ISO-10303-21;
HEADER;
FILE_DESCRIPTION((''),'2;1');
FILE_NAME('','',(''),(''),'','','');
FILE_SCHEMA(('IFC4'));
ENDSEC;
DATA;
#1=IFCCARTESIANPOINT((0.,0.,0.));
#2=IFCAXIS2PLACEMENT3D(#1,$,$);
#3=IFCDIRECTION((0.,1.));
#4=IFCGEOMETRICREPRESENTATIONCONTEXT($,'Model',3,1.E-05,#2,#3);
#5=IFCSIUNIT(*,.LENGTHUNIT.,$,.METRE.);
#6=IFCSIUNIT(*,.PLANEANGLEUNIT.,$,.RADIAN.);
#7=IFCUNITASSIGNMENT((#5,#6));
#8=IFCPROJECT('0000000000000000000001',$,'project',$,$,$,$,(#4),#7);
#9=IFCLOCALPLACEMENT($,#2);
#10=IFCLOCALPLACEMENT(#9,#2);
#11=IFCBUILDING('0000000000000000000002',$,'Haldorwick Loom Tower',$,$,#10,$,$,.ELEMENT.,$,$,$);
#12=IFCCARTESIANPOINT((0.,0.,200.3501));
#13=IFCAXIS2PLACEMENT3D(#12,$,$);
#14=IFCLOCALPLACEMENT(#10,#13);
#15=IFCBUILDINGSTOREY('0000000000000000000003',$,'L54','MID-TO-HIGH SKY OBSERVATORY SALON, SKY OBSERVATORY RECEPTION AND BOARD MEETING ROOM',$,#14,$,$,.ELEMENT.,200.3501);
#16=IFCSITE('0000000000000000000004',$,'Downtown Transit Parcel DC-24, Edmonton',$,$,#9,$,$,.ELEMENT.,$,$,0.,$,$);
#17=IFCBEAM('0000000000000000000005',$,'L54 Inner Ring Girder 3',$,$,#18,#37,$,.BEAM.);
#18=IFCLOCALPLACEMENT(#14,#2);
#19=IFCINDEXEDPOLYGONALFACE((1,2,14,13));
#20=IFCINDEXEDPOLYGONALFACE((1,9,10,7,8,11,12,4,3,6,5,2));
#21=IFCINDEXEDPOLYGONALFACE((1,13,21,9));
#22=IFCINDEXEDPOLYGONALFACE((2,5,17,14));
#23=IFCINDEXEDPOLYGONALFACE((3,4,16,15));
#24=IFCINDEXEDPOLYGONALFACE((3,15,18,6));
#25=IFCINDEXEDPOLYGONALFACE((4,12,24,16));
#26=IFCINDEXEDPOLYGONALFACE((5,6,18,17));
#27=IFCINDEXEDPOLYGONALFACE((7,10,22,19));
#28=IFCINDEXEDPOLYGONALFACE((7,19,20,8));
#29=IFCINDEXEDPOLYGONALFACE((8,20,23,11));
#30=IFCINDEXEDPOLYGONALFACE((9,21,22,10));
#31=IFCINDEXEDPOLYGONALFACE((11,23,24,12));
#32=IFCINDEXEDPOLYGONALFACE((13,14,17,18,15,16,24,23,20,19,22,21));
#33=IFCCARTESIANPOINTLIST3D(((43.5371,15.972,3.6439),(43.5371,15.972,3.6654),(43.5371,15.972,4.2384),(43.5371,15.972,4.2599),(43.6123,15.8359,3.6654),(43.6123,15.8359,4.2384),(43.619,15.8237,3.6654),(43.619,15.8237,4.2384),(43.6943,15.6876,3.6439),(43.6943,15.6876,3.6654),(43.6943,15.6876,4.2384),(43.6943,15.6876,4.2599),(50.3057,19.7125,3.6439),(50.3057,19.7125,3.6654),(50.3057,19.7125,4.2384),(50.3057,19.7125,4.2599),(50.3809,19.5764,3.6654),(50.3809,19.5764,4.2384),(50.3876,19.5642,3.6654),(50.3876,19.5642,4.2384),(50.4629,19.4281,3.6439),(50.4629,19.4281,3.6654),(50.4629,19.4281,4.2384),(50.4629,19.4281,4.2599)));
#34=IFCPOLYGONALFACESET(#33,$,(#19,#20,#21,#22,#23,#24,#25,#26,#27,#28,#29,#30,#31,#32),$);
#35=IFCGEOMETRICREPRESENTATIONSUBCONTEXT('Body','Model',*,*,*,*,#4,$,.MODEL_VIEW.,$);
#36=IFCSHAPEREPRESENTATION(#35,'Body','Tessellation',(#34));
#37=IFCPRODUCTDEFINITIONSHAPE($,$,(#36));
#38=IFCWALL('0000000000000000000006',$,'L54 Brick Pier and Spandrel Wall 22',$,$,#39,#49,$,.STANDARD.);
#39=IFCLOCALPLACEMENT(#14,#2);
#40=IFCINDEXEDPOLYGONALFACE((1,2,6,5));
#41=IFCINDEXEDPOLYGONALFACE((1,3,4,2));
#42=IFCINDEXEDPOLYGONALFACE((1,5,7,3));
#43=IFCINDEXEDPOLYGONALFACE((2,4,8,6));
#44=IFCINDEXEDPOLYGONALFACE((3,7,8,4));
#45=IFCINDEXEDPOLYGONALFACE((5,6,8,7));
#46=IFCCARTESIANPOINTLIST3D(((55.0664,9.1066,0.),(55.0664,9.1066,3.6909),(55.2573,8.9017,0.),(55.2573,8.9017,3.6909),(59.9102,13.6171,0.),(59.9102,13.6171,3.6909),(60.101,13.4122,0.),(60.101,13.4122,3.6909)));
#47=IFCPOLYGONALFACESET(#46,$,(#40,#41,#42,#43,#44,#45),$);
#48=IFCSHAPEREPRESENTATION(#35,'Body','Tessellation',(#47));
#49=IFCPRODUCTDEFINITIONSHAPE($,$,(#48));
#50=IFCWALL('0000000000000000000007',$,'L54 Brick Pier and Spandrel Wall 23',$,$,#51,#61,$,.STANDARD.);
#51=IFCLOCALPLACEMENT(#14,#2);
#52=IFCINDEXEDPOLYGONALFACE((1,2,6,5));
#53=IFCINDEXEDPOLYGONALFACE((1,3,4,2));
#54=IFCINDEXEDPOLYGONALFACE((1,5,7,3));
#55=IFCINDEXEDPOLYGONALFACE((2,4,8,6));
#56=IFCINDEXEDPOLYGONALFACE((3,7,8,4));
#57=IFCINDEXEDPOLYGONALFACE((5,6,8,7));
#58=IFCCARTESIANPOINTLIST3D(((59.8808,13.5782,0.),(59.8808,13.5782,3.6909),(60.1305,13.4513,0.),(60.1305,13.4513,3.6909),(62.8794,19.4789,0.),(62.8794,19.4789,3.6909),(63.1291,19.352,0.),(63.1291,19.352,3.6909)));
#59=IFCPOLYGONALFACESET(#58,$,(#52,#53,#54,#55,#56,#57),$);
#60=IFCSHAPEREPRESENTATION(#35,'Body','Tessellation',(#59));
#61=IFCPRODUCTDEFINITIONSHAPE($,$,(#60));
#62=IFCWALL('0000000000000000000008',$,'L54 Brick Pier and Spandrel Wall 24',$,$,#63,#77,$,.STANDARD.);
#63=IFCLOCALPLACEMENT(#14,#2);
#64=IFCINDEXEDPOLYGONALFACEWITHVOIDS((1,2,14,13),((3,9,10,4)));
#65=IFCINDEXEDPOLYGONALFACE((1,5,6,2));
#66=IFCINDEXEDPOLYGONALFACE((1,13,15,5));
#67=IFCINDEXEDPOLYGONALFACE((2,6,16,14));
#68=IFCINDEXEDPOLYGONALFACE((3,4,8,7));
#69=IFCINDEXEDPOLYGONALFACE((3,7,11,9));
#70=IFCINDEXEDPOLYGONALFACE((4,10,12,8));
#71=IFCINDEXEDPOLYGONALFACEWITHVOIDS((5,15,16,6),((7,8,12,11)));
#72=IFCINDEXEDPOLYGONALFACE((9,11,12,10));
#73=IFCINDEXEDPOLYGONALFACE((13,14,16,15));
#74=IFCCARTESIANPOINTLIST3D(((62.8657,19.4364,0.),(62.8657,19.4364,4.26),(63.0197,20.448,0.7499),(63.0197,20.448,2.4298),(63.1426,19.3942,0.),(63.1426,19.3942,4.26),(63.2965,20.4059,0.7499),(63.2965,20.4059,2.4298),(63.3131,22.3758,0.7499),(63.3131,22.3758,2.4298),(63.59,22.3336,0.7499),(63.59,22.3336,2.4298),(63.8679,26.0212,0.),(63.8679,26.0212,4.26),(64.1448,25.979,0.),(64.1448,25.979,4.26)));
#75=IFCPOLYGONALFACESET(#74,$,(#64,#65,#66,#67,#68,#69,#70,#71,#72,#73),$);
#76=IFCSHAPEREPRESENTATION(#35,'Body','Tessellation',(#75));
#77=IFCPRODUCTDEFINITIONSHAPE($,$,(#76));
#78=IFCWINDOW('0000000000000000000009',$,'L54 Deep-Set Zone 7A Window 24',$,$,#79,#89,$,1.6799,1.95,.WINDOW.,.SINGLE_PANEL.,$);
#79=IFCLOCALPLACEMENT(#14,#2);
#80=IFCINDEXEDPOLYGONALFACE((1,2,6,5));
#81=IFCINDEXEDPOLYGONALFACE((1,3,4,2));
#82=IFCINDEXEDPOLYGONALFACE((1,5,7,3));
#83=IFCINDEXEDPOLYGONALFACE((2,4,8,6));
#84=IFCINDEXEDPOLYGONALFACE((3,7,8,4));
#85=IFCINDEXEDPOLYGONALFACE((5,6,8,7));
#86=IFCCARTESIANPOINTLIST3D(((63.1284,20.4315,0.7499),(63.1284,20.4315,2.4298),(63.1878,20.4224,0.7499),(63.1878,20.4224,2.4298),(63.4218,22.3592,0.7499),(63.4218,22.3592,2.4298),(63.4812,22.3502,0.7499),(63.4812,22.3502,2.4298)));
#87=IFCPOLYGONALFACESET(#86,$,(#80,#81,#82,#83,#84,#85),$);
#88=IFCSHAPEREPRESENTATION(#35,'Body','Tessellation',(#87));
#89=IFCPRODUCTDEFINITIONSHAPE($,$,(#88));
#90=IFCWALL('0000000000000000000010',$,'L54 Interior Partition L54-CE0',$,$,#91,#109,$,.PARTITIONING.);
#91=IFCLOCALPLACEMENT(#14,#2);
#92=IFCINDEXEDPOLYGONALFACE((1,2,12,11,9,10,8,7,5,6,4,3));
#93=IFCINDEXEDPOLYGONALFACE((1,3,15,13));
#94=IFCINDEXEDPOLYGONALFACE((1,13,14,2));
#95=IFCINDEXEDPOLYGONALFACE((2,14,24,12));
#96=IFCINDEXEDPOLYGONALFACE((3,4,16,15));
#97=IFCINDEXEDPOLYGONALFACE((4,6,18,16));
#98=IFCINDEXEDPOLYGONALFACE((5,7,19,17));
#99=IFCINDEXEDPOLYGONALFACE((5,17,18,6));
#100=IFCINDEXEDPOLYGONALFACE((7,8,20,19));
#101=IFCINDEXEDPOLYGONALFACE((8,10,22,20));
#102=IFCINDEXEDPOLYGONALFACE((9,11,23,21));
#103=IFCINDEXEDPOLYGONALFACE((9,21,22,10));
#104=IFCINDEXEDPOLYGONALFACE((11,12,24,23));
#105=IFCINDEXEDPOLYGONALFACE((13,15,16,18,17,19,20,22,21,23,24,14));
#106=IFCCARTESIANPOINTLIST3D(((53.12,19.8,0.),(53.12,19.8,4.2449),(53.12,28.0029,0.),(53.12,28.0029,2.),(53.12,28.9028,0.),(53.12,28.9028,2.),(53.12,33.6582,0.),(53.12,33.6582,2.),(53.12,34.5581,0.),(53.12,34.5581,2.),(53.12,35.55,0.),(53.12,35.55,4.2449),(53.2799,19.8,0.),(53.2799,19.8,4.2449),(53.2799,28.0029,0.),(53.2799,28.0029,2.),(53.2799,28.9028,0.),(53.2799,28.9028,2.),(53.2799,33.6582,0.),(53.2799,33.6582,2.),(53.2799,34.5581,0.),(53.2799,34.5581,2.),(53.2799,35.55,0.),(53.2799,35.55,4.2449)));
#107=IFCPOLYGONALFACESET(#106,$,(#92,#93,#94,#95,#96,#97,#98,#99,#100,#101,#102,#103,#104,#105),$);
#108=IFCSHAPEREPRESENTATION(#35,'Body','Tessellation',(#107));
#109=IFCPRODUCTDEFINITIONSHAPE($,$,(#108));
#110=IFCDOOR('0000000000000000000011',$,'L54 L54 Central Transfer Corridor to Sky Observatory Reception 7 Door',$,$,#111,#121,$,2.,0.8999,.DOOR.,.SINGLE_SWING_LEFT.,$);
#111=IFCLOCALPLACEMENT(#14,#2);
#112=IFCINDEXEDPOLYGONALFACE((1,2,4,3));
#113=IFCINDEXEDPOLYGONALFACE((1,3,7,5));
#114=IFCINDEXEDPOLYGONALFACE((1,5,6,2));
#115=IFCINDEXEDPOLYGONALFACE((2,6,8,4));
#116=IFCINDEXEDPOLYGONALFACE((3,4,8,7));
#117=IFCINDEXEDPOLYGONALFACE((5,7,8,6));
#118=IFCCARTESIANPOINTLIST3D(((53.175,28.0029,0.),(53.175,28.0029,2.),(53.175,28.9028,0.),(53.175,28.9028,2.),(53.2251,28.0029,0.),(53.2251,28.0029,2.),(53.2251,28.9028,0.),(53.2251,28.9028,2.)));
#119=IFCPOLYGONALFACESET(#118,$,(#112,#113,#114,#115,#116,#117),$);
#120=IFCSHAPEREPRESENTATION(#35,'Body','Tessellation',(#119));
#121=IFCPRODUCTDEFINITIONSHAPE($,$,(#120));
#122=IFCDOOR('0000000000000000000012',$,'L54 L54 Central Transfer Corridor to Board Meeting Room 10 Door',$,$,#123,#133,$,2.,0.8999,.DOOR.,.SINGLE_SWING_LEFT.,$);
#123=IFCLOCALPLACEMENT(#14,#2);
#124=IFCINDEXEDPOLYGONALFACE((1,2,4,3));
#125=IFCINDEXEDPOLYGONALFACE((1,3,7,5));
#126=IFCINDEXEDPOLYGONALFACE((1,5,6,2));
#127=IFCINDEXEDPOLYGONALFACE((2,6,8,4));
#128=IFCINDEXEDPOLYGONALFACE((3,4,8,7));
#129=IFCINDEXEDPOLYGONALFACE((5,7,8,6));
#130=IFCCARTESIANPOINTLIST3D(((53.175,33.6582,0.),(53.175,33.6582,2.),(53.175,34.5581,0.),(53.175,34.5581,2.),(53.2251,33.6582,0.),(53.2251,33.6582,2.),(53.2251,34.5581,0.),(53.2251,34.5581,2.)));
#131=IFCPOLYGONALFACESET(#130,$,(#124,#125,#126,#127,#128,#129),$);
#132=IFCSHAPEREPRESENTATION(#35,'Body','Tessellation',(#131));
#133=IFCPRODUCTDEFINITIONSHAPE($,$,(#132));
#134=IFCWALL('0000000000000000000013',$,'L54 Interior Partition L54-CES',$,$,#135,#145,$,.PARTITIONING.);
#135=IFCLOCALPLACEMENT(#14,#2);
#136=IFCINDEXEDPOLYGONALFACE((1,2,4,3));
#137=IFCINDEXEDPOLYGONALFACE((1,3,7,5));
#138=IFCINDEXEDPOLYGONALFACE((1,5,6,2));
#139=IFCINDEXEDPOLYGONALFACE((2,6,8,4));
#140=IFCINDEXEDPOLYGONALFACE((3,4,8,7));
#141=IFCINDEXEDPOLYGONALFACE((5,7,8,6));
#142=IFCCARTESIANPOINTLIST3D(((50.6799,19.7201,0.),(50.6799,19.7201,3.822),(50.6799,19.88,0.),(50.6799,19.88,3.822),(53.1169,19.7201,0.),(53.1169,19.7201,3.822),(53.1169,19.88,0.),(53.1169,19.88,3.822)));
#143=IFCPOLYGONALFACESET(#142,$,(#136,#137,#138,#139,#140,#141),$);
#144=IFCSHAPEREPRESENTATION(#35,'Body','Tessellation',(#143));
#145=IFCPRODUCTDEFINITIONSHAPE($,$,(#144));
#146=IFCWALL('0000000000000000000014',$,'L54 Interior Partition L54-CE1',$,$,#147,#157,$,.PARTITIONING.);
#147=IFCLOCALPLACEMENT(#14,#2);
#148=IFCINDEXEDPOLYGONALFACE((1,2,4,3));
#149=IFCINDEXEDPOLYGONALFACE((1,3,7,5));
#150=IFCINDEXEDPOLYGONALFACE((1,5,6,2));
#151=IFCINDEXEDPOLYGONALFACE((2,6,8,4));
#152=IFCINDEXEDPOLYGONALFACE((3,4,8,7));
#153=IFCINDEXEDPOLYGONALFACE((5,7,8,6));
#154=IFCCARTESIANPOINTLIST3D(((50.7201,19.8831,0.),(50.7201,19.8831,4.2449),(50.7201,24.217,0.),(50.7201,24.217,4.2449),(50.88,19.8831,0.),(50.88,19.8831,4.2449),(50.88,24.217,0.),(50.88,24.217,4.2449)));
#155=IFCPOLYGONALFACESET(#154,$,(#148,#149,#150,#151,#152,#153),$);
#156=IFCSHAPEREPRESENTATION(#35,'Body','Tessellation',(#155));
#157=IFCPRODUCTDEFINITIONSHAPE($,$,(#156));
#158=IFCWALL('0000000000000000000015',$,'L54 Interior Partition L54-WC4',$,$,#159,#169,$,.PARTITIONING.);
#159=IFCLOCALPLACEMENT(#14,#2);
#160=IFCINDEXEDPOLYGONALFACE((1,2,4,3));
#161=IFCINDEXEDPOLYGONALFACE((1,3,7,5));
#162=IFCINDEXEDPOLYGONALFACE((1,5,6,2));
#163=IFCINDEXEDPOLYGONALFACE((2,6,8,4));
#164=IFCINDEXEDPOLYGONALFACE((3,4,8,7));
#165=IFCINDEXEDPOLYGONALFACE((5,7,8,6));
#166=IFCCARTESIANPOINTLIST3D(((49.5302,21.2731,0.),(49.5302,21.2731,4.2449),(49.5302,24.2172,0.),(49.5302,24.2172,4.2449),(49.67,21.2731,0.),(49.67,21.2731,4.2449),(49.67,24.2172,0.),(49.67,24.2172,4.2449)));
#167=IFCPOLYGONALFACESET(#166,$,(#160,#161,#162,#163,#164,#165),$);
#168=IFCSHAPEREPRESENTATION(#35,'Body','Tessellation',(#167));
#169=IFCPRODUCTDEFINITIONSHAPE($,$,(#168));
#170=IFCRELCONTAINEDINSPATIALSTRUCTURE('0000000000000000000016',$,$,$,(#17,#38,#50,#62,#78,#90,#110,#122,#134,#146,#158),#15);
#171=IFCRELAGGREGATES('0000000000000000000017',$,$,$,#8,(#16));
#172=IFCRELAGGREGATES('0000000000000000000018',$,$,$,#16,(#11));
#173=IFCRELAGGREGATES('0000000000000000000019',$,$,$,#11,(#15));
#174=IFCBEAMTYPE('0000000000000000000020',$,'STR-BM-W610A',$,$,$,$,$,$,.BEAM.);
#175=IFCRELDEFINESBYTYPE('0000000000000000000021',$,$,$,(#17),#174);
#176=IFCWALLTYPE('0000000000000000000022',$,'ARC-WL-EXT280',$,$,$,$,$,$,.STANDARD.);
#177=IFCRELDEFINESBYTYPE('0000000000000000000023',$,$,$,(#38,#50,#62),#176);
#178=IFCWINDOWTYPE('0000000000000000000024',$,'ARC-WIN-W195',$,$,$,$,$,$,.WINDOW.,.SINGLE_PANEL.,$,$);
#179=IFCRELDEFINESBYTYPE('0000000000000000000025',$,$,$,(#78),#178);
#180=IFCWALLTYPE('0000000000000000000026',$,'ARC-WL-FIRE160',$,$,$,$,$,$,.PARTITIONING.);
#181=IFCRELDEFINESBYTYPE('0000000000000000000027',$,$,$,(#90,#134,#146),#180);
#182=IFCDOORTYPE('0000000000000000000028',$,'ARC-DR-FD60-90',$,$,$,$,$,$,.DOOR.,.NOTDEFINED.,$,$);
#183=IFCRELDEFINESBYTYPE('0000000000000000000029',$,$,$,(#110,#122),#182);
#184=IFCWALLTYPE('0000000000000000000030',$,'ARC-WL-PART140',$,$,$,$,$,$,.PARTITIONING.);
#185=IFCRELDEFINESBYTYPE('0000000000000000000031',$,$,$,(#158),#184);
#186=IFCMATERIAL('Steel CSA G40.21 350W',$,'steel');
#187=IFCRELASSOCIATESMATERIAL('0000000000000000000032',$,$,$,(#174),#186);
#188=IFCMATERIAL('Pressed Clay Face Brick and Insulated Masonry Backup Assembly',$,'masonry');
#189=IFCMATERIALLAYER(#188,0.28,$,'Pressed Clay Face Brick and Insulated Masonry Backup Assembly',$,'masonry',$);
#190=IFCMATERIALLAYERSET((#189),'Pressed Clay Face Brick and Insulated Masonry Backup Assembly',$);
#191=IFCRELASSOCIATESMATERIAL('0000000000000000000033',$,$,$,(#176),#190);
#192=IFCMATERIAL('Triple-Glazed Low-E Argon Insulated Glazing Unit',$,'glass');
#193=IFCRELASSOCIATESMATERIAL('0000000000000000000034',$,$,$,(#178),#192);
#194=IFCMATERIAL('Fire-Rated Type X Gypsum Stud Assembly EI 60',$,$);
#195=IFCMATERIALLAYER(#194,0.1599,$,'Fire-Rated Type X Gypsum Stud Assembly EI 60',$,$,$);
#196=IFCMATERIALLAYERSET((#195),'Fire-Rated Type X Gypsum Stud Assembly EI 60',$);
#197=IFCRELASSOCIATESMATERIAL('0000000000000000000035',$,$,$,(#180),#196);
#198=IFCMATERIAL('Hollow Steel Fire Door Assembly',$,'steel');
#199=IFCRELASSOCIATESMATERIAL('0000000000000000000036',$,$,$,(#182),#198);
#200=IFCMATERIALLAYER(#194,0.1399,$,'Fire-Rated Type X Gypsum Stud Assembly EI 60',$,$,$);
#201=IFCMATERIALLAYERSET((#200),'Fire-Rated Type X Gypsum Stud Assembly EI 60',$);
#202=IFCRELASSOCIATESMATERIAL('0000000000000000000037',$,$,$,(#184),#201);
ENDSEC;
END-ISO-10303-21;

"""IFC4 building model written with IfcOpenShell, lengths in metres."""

from ifc_helpers import new_model, si_unit, direction, frame, frame_2d, origin, origin_2d, place, context, subcontext, project, spatial, rectangle, i_section, extrude, material, layer, layer_set, material_profile, profile_set, type_object, element, fill, save


model = new_model("IFC4")

# Units and contexts
model_context = context("Model", 3, precision=1e-05, world=origin(), true_north=direction((0.0, 1.0)))
body_context = subcontext(model_context, "Body", "Model", "MODEL_VIEW")
ifc_project = project(units=[si_unit("LENGTHUNIT", "METRE"), si_unit("PLANEANGLEUNIT", "RADIAN")], contexts=[model_context])

# Site, building, storey
site_placement = place(None, origin())
site = spatial("IfcSite", under=ifc_project, at=site_placement, Name="Downtown Transit Parcel DC-24, Edmonton", CompositionType="ELEMENT", RefElevation=0.0)
building_placement = place(site_placement, origin())
building = spatial("IfcBuilding", under=site, at=building_placement, Name="Haldorwick Loom Tower", CompositionType="ELEMENT")
storey_placement = place(building_placement, frame((0.0, 0.0, 200.3501)))
storey = spatial("IfcBuildingStorey", under=building, at=storey_placement, Name="L54", Description="MID-TO-HIGH SKY OBSERVATORY SALON, SKY OBSERVATORY RECEPTION AND BOARD MEETING ROOM", CompositionType="ELEMENT", Elevation=200.3501)

# Beam
ifc_material_1 = material(Name="Steel CSA G40.21 350W", Category="steel")
ifc_material_profile_1 = material_profile(ifc_material_1, i_section(OverallWidth=0.325, OverallDepth=0.616, WebThickness=0.0139, FlangeThickness=0.0215, at=origin_2d()), Name="W610X174", Category="steel")
ifc_profile_set_1 = profile_set([ifc_material_profile_1], Name="Steel CSA G40.21 350W")
beam_type_1 = type_object("IfcBeamType", Name="STR-BM-W610A", PredefinedType="BEAM", material=ifc_profile_set_1)
beam_1_placement = place(storey_placement, frame((50.3843, 19.5703, 3.9519), z_axis=(-0.875244, -0.483682, 0.0), x_axis=(0.483682, -0.875244, 0.0)))
element("IfcBeam", 1, at=beam_1_placement, inside=storey, type_object=beam_type_1, Name="L54 Inner Ring Girder 3", PredefinedType="BEAM", context=body_context, shape_type="SweptSolid", body=[
    extrude(i_section(OverallWidth=0.325, OverallDepth=0.616, WebThickness=0.0139, FlangeThickness=0.0215, at=origin_2d()), origin(), (0.0, 0.0, 1.0), 7.7334),
])

# Walls
ifc_material_2 = material(Name="Pressed Clay Face Brick and Insulated Masonry Backup Assembly", Category="masonry")
ifc_layer_1 = layer(ifc_material_2, 0.28, Name="Pressed Clay Face Brick and Insulated Masonry Backup Assembly", Category="masonry")
ifc_layer_set_1 = layer_set([ifc_layer_1], Name="Pressed Clay Face Brick and Insulated Masonry Backup Assembly")
wall_type_1 = type_object("IfcWallType", Name="ARC-WL-EXT280", PredefinedType="STANDARD", material=ifc_layer_set_1)
wall_1_placement = place(storey_placement, frame((55.1619, 9.0042, 0.0), z_axis=(0.0, 0.0, 1.0), x_axis=(0.731834, 0.681483, 0.0)))
element("IfcWall", 2, at=wall_1_placement, inside=storey, type_object=wall_type_1, Name="L54 Brick Pier and Spandrel Wall 22", PredefinedType="STANDARD", context=body_context, shape_type="SweptSolid", body=[
    extrude(rectangle(XDim=6.6187, YDim=0.28, at=frame_2d((3.3093, 0.0))), origin(), (0.0, 0.0, 1.0), 3.6909),
])
wall_2_placement = place(storey_placement, frame((60.0056, 13.5146, 0.0), z_axis=(0.0, 0.0, 1.0), x_axis=(0.453032, 0.891494, 0.0)))
element("IfcWall", 3, at=wall_2_placement, inside=storey, type_object=wall_type_1, Name="L54 Brick Pier and Spandrel Wall 23", PredefinedType="STANDARD", context=body_context, shape_type="SweptSolid", body=[
    extrude(rectangle(XDim=6.6189, YDim=0.28, at=frame_2d((3.3096, 0.0))), origin(), (0.0, 0.0, 1.0), 3.6909),
])

# Wall, opening, window
wall_3_placement = place(storey_placement, frame((63.0042, 19.4153, 0.0), z_axis=(0.0, 0.0, 1.0), x_axis=(0.150468, 0.988615, 0.0)))
wall_3 = element("IfcWall", 4, at=wall_3_placement, inside=storey, type_object=wall_type_1, Name="L54 Brick Pier and Spandrel Wall 24", PredefinedType="STANDARD", context=body_context, shape_type="SweptSolid", body=[
    extrude(rectangle(XDim=6.6606, YDim=0.28, at=frame_2d((3.3303, 0.0))), origin(), (0.0, 0.0, 1.0), 4.26),
])
opening_1_placement = place(wall_3_placement, frame((1.0232, 0.0, 0.75)))
opening_1 = element("IfcOpeningElement", 5, at=opening_1_placement, cuts=wall_3, PredefinedType="OPENING", context=body_context, shape_type="SweptSolid", body=[
    extrude(rectangle(XDim=1.95, YDim=1.6799, at=frame_2d((0.9751, 0.8398))), frame((0.0, 0.1499, 0.0), z_axis=(0.0, -1.0, 0.0), x_axis=(1.0, 0.0, 0.0)), (0.0, 0.0, 1.0), 0.3),
])
ifc_material_3 = material(Name="Triple-Glazed Low-E Argon Insulated Glazing Unit", Category="glass")
window_type = type_object("IfcWindowType", Name="ARC-WIN-W195", PartitioningType="SINGLE_PANEL", PredefinedType="WINDOW", material=ifc_material_3)
window_placement = place(opening_1_placement, origin())
window = element("IfcWindow", 6, at=window_placement, inside=storey, type_object=window_type, Name="L54 Deep-Set Zone 7A Window 24", OverallHeight=1.6799, OverallWidth=1.95, PartitioningType="SINGLE_PANEL", PredefinedType="WINDOW", context=body_context, shape_type="SweptSolid", body=[
    extrude(rectangle(XDim=1.95, YDim=1.6799, at=frame_2d((0.9751, 0.8398))), frame((0.0, 0.03, 0.0), z_axis=(0.0, -1.0, 0.0), x_axis=(1.0, 0.0, 0.0)), (0.0, 0.0, 1.0), 0.0601),
])
fill(opening_1, window)

# Wall, openings, doors
ifc_material_4 = material(Name="Fire-Rated Type X Gypsum Stud Assembly EI 60")
ifc_layer_2 = layer(ifc_material_4, 0.1599, Name="Fire-Rated Type X Gypsum Stud Assembly EI 60")
ifc_layer_set_2 = layer_set([ifc_layer_2], Name="Fire-Rated Type X Gypsum Stud Assembly EI 60")
wall_type_2 = type_object("IfcWallType", Name="ARC-WL-FIRE160", PredefinedType="PARTITIONING", material=ifc_layer_set_2)
wall_4_placement = place(storey_placement, frame((53.2, 19.8, 0.0), z_axis=(0.0, 0.0, 1.0), x_axis=(0.0, 1.0, 0.0)))
wall_4 = element("IfcWall", 7, at=wall_4_placement, inside=storey, type_object=wall_type_2, Name="L54 Interior Partition L54-CE0", PredefinedType="PARTITIONING", context=body_context, shape_type="SweptSolid", body=[
    extrude(rectangle(XDim=15.75, YDim=0.1599, at=frame_2d((7.875, 0.0))), origin(), (0.0, 0.0, 1.0), 4.2449),
])
opening_2_placement = place(wall_4_placement, frame((8.2029, 0.0, 0.0)))
opening_2 = element("IfcOpeningElement", 8, at=opening_2_placement, cuts=wall_4, PredefinedType="OPENING", context=body_context, shape_type="SweptSolid", body=[
    extrude(rectangle(XDim=0.8999, YDim=2.0, at=frame_2d((0.45, 1.0))), frame((0.0, 0.0898, 0.0), z_axis=(0.0, -1.0, 0.0), x_axis=(1.0, 0.0, 0.0)), (0.0, 0.0, 1.0), 0.1799),
])
opening_3_placement = place(wall_4_placement, frame((13.8582, 0.0, 0.0)))
opening_3 = element("IfcOpeningElement", 9, at=opening_3_placement, cuts=wall_4, PredefinedType="OPENING", context=body_context, shape_type="SweptSolid", body=[
    extrude(rectangle(XDim=0.8999, YDim=2.0, at=frame_2d((0.45, 1.0))), frame((0.0, 0.0898, 0.0), z_axis=(0.0, -1.0, 0.0), x_axis=(1.0, 0.0, 0.0)), (0.0, 0.0, 1.0), 0.1799),
])
ifc_material_5 = material(Name="Hollow Steel Fire Door Assembly", Category="steel")
door_type = type_object("IfcDoorType", Name="ARC-DR-FD60-90", OperationType="NOTDEFINED", PredefinedType="DOOR", material=ifc_material_5)
door_1_placement = place(opening_2_placement, origin())
door_1 = element("IfcDoor", 10, at=door_1_placement, inside=storey, type_object=door_type, Name="L54 L54 Central Transfer Corridor to Sky Observatory Reception 7 Door", OperationType="SINGLE_SWING_LEFT", OverallHeight=2.0, OverallWidth=0.8999, PredefinedType="DOOR", context=body_context, shape_type="SweptSolid", body=[
    extrude(rectangle(XDim=0.8999, YDim=2.0, at=frame_2d((0.45, 1.0))), frame((0.0, 0.0249, 0.0), z_axis=(0.0, -1.0, 0.0), x_axis=(1.0, 0.0, 0.0)), (0.0, 0.0, 1.0), 0.05),
])
fill(opening_2, door_1)
door_2_placement = place(opening_3_placement, origin())
door_2 = element("IfcDoor", 11, at=door_2_placement, inside=storey, type_object=door_type, Name="L54 L54 Central Transfer Corridor to Board Meeting Room 10 Door", OperationType="SINGLE_SWING_LEFT", OverallHeight=2.0, OverallWidth=0.8999, PredefinedType="DOOR", context=body_context, shape_type="SweptSolid", body=[
    extrude(rectangle(XDim=0.8999, YDim=2.0, at=frame_2d((0.45, 1.0))), frame((0.0, 0.0249, 0.0), z_axis=(0.0, -1.0, 0.0), x_axis=(1.0, 0.0, 0.0)), (0.0, 0.0, 1.0), 0.05),
])
fill(opening_3, door_2)

# Walls
wall_5_placement = place(storey_placement, frame((50.6799, 19.8, 0.0), z_axis=(0.0, 0.0, 1.0), x_axis=(1.0, 0.0, 0.0)))
element("IfcWall", 12, at=wall_5_placement, inside=storey, type_object=wall_type_2, Name="L54 Interior Partition L54-CES", PredefinedType="PARTITIONING", context=body_context, shape_type="SweptSolid", body=[
    extrude(rectangle(XDim=2.437, YDim=0.1599, at=frame_2d((1.2185, 0.0))), origin(), (0.0, 0.0, 1.0), 3.822),
])
wall_6_placement = place(storey_placement, frame((50.8, 19.8831, 0.0), z_axis=(0.0, 0.0, 1.0), x_axis=(0.0, 1.0, 0.0)))
element("IfcWall", 13, at=wall_6_placement, inside=storey, type_object=wall_type_2, Name="L54 Interior Partition L54-CE1", PredefinedType="PARTITIONING", context=body_context, shape_type="SweptSolid", body=[
    extrude(rectangle(XDim=4.334, YDim=0.1599, at=frame_2d((2.167, 0.0))), origin(), (0.0, 0.0, 1.0), 4.2449),
])
ifc_layer_3 = layer(ifc_material_4, 0.1399, Name="Fire-Rated Type X Gypsum Stud Assembly EI 60")
ifc_layer_set_3 = layer_set([ifc_layer_3], Name="Fire-Rated Type X Gypsum Stud Assembly EI 60")
wall_type_3 = type_object("IfcWallType", Name="ARC-WL-PART140", PredefinedType="PARTITIONING", material=ifc_layer_set_3)
wall_7_placement = place(storey_placement, frame((49.6001, 21.2729, 0.0), z_axis=(0.0, 0.0, 1.0), x_axis=(0.0, 1.0, 0.0)))
element("IfcWall", 14, at=wall_7_placement, inside=storey, type_object=wall_type_3, Name="L54 Interior Partition L54-WC4", PredefinedType="PARTITIONING", context=body_context, shape_type="SweptSolid", body=[
    extrude(rectangle(XDim=2.9441, YDim=0.1399, at=frame_2d((1.4722, 0.0))), origin(), (0.0, 0.0, 1.0), 4.2449),
])

save(model, "model.ifc")
